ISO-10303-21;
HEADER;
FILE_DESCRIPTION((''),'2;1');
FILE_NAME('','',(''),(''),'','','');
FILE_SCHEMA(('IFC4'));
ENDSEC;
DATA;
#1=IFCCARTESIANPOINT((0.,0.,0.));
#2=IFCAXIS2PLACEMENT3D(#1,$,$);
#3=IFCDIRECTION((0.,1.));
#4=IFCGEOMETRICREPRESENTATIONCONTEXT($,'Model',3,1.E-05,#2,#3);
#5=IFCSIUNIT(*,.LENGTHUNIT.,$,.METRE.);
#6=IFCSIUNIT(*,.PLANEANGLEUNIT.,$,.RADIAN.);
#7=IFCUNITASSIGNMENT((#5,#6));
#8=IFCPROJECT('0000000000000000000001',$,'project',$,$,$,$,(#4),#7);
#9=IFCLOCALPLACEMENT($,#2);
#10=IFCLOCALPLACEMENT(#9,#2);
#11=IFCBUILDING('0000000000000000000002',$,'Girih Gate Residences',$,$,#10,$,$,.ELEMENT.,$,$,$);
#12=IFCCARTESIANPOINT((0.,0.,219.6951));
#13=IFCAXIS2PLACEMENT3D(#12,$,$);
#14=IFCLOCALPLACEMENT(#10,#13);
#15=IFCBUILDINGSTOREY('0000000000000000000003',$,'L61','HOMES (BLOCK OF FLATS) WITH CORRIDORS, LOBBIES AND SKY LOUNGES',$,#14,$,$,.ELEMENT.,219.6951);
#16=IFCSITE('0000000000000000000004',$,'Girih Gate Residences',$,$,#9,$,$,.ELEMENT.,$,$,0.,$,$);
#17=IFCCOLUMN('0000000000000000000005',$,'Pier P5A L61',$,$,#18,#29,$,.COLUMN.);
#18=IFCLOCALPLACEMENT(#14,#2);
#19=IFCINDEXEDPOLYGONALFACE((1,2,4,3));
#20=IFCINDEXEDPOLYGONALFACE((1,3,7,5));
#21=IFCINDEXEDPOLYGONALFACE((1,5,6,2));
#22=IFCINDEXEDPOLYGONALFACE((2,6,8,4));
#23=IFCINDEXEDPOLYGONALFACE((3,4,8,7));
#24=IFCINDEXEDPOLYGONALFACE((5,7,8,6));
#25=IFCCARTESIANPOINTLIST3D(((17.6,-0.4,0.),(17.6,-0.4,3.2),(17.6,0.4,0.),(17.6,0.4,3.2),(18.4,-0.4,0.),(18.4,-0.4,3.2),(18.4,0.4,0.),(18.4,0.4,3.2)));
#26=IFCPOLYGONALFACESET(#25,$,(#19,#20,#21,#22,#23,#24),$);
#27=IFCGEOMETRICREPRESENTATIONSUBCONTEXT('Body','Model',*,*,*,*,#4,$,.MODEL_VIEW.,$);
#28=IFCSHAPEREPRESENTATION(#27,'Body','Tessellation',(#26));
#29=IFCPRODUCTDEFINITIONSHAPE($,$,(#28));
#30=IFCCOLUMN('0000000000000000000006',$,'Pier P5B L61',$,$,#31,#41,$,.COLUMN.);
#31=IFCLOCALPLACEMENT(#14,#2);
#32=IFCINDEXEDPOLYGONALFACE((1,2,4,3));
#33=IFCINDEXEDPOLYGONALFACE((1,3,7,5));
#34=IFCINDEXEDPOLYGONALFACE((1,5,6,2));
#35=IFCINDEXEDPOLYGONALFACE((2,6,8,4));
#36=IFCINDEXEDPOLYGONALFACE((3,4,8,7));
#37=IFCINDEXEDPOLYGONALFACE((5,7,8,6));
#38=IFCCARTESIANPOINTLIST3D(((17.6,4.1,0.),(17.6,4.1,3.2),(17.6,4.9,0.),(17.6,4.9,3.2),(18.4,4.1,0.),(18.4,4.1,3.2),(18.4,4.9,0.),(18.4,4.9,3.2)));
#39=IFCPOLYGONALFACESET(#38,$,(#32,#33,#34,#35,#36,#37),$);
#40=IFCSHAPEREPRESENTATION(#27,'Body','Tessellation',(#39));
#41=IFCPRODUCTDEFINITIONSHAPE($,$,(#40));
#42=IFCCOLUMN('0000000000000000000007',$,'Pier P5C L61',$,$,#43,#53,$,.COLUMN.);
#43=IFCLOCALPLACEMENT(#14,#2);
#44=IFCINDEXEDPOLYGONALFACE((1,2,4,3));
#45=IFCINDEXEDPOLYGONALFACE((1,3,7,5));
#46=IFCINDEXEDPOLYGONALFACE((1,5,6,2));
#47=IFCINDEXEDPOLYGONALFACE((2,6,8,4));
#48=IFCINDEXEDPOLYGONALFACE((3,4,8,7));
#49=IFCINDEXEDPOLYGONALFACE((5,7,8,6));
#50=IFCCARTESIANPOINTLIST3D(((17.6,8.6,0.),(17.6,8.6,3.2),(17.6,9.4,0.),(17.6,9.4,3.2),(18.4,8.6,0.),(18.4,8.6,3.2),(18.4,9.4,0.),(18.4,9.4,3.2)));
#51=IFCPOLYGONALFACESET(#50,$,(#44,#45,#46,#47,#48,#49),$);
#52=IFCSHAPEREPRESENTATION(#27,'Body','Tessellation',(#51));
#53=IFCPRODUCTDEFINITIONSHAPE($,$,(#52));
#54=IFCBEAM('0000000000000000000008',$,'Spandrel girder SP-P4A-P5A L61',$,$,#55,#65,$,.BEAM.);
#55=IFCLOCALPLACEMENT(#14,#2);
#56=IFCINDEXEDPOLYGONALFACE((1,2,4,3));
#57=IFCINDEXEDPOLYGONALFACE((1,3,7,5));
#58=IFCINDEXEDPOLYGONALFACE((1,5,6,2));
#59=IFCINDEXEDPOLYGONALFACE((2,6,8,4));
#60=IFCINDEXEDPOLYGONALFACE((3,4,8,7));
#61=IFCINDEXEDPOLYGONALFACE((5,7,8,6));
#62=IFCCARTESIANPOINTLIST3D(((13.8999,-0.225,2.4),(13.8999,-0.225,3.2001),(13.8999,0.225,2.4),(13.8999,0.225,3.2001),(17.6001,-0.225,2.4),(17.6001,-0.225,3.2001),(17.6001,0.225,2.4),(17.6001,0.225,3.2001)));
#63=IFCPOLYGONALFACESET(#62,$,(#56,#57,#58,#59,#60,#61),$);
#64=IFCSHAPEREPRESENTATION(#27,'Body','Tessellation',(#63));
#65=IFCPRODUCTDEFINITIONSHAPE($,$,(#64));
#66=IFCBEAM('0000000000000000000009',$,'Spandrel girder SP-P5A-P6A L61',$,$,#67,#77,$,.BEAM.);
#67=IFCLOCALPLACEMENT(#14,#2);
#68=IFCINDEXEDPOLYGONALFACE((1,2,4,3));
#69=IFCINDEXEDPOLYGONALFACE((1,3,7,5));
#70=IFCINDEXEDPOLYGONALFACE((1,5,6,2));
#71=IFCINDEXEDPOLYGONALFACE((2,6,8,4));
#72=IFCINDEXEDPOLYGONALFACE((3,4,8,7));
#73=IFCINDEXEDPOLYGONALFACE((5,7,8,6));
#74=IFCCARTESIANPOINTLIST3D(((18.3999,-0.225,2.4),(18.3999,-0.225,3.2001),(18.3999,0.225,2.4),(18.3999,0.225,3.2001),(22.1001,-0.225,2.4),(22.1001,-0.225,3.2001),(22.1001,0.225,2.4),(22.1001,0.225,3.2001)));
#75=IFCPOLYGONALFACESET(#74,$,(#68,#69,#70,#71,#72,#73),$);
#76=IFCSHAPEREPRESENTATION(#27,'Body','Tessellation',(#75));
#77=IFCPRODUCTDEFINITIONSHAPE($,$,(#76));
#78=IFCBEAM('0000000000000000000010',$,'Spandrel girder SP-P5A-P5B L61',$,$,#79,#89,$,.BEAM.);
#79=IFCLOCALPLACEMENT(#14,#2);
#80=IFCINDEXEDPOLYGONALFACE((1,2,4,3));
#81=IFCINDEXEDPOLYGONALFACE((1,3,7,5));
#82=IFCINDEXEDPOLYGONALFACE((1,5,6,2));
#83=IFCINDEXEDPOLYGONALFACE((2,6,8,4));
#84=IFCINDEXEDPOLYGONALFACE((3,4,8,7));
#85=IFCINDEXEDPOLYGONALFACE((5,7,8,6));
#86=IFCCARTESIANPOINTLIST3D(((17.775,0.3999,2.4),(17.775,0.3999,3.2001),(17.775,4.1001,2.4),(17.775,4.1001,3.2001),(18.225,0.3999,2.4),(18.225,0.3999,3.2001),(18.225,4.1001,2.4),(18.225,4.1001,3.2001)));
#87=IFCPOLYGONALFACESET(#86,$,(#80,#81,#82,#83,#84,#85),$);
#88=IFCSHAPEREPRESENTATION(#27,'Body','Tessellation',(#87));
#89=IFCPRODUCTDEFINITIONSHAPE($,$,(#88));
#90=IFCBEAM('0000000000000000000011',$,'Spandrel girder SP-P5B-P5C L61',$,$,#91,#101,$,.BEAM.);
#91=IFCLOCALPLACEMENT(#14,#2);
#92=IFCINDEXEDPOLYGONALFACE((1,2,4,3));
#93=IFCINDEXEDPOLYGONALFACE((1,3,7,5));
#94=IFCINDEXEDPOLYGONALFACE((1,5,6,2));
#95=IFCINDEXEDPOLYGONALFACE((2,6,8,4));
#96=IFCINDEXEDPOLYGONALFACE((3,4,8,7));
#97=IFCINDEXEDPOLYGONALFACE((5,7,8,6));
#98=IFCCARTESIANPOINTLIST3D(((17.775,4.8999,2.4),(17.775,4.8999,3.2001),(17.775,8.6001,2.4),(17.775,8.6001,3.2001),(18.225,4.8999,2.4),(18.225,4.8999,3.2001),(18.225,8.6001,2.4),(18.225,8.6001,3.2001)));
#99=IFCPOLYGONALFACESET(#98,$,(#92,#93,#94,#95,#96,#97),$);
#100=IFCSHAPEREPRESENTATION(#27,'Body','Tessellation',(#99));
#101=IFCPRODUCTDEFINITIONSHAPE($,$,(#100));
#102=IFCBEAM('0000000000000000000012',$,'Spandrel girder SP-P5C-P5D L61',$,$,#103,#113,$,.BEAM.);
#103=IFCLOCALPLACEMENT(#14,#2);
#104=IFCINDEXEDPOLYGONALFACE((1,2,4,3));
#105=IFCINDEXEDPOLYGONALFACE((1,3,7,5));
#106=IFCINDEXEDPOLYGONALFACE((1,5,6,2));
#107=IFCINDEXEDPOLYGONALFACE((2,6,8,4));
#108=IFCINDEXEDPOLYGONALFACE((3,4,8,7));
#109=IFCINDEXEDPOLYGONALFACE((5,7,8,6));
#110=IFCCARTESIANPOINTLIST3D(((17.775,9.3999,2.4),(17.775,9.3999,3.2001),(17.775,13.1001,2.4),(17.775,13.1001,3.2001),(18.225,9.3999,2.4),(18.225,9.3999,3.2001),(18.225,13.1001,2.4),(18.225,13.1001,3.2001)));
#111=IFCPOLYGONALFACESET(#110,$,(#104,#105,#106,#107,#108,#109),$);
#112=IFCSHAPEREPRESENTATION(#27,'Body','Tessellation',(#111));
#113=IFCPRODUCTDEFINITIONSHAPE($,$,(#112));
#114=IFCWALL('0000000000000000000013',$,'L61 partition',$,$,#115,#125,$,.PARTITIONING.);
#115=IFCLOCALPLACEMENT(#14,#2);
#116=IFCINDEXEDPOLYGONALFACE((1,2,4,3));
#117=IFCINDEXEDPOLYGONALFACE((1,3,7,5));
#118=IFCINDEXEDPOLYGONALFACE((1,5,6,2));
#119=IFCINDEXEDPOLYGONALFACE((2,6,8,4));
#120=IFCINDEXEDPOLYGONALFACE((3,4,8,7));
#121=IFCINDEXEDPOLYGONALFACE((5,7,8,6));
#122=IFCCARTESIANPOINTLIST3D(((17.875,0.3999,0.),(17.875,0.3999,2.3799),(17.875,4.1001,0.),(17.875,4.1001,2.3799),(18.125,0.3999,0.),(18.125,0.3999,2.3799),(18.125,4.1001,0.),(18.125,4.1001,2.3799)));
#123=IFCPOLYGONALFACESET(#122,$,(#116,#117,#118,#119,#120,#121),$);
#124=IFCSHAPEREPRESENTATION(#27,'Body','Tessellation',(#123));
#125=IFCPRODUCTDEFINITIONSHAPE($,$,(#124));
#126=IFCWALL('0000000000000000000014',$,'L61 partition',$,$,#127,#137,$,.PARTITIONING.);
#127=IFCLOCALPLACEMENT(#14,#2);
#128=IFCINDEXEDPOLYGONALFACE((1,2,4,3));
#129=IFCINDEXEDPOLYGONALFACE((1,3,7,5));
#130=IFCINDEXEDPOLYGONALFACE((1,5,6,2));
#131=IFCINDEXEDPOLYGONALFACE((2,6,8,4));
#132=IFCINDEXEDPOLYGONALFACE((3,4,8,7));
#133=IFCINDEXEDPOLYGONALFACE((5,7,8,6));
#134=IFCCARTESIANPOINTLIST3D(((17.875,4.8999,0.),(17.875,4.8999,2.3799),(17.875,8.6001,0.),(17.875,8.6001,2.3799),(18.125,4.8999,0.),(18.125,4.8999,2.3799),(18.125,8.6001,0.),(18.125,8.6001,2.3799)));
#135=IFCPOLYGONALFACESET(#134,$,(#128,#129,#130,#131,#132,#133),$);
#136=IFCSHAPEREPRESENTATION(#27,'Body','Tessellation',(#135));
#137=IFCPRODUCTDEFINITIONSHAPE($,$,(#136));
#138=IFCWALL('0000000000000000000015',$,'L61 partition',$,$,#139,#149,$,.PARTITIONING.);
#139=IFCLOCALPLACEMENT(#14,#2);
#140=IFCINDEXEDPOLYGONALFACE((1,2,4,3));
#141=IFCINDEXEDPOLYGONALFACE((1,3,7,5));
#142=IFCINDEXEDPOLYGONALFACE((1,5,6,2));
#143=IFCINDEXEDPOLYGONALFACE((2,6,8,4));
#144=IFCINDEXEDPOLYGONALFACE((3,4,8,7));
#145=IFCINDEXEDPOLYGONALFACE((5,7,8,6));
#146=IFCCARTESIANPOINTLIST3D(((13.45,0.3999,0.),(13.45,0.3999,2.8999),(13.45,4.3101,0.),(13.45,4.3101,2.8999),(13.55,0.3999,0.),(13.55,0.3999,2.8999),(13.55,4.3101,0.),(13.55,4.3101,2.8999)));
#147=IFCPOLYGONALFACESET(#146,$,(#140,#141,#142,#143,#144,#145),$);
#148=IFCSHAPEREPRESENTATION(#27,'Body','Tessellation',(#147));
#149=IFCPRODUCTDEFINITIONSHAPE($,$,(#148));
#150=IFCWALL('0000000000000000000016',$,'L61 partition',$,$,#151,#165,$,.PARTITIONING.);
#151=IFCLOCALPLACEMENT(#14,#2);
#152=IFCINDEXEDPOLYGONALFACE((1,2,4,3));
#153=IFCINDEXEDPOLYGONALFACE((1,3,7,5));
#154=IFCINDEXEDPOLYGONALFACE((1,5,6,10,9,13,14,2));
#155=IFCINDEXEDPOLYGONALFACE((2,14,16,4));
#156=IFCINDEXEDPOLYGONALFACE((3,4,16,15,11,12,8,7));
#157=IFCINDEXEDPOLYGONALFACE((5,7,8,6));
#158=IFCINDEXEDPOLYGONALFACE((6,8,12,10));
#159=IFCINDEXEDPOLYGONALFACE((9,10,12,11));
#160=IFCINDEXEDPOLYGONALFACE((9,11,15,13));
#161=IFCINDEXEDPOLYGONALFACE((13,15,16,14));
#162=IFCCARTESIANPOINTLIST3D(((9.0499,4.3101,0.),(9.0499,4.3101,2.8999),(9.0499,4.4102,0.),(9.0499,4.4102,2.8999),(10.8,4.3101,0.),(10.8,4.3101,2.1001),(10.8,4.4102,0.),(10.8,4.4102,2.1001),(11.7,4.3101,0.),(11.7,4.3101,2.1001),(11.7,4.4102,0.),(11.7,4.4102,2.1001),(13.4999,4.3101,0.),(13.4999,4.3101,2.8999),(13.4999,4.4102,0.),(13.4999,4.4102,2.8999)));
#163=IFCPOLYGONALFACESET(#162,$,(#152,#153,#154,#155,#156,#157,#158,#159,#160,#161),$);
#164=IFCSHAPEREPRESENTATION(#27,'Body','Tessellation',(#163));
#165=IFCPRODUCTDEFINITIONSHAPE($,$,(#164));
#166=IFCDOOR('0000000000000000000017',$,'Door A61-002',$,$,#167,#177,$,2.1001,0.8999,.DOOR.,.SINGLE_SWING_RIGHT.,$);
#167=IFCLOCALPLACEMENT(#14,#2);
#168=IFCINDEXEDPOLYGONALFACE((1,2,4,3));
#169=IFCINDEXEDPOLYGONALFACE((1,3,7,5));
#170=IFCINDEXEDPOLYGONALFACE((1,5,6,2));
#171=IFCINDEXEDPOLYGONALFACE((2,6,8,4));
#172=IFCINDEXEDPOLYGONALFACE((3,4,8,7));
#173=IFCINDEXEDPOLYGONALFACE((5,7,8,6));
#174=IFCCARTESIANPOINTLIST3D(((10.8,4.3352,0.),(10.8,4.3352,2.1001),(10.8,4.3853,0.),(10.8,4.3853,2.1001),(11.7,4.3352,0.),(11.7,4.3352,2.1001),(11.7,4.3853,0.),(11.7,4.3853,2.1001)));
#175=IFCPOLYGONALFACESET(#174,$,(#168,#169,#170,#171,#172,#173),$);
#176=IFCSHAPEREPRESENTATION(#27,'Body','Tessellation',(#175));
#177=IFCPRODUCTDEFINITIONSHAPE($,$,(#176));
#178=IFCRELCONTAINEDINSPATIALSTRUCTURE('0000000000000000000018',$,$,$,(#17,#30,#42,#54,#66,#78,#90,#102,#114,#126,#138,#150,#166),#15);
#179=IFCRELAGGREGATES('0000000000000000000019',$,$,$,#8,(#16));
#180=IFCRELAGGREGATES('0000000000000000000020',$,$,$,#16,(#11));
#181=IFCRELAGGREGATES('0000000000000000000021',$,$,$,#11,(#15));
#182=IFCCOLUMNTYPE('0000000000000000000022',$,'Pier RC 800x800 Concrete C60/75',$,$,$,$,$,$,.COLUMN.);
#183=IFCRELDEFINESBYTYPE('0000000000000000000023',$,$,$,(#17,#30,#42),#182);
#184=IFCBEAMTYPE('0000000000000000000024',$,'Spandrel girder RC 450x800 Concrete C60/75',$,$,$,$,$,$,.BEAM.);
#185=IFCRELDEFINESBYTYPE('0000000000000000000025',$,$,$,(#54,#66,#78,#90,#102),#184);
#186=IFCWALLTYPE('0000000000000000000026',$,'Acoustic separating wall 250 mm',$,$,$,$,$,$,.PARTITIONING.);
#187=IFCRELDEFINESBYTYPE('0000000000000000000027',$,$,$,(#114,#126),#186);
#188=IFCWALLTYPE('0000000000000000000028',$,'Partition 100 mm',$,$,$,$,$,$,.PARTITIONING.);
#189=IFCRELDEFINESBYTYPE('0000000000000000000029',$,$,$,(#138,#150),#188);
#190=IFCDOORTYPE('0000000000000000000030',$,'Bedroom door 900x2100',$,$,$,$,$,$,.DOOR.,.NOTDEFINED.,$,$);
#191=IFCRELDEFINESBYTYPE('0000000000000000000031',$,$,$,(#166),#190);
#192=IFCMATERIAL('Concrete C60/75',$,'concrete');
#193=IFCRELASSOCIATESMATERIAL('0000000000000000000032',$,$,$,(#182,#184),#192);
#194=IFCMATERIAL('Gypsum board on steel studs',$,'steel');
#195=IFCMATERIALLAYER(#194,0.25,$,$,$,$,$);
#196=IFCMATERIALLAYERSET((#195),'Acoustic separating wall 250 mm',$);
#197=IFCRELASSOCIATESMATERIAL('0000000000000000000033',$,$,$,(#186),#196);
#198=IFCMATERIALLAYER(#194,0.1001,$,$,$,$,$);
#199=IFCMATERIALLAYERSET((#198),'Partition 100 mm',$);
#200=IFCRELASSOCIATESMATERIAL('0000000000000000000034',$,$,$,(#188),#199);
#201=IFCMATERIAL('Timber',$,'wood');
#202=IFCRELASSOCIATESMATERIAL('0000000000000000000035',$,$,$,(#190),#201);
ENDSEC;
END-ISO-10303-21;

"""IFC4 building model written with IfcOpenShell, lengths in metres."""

from ifc_helpers import new_model, si_unit, direction, frame, frame_2d, origin, origin_2d, place, context, subcontext, project, spatial, rectangle, extrude, material, layer, layer_set, material_profile, profile_set, type_object, element, fill, save


model = new_model("IFC4")

# Units and contexts
model_context = context("Model", 3, precision=1e-05, world=origin(), true_north=direction((0.0, 1.0)))
body_context = subcontext(model_context, "Body", "Model", "MODEL_VIEW")
ifc_project = project(units=[si_unit("LENGTHUNIT", "METRE"), si_unit("PLANEANGLEUNIT", "RADIAN")], contexts=[model_context])

# Site, building, storey
site_placement = place(None, origin())
site = spatial("IfcSite", under=ifc_project, at=site_placement, Name="Girih Gate Residences", CompositionType="ELEMENT", RefElevation=0.0)
building_placement = place(site_placement, origin())
building = spatial("IfcBuilding", under=site, at=building_placement, Name="Girih Gate Residences", CompositionType="ELEMENT")
storey_placement = place(building_placement, frame((0.0, 0.0, 219.6951)))
storey = spatial("IfcBuildingStorey", under=building, at=storey_placement, Name="L61", Description="HOMES (BLOCK OF FLATS) WITH CORRIDORS, LOBBIES AND SKY LOUNGES", CompositionType="ELEMENT", Elevation=219.6951)

# Columns
ifc_material_1 = material(Name="Concrete C60/75", Category="concrete")
ifc_material_profile_1 = material_profile(ifc_material_1, rectangle(XDim=0.8, YDim=0.8, at=origin_2d()))
ifc_profile_set_1 = profile_set([ifc_material_profile_1], Name="Concrete C60/75")
column_type = type_object("IfcColumnType", Name="Pier RC 800x800 Concrete C60/75", PredefinedType="COLUMN", material=ifc_profile_set_1)
for number, where, z_axis, x_axis, name in (
    (1, (18.0, 0.0, 0.0), (0.0, 0.0, 1.0), (1.0, 0.0, 0.0), "Pier P5A L61"),
    (2, (18.0, 4.5, 0.0), (0.0, 0.0, 1.0), (1.0, 0.0, 0.0), "Pier P5B L61"),
    (3, (18.0, 9.0, 0.0), (0.0, 0.0, 1.0), (1.0, 0.0, 0.0), "Pier P5C L61"),
):
    element("IfcColumn", number, at=place(storey_placement, frame(where, z_axis=z_axis, x_axis=x_axis)), inside=storey, type_object=column_type, Name=name, PredefinedType="COLUMN", context=body_context, shape_type="SweptSolid", body=[
        extrude(rectangle(XDim=0.8, YDim=0.8, at=origin_2d()), origin(), (0.0, 0.0, 1.0), 3.2),
    ])

# Beams
ifc_material_profile_2 = material_profile(ifc_material_1, rectangle(XDim=0.45, YDim=0.8, at=origin_2d()))
ifc_profile_set_2 = profile_set([ifc_material_profile_2], Name="Concrete C60/75")
beam_type = type_object("IfcBeamType", Name="Spandrel girder RC 450x800 Concrete C60/75", PredefinedType="BEAM", material=ifc_profile_set_2)
for number, where, z_axis, x_axis, name in (
    (4, (13.8999, 0.0, 2.8), (1.0, 0.0, 0.0), (0.0, 1.0, 0.0), "Spandrel girder SP-P4A-P5A L61"),
    (5, (18.3999, 0.0, 2.8), (1.0, 0.0, 0.0), (0.0, 1.0, 0.0), "Spandrel girder SP-P5A-P6A L61"),
    (6, (18.0, 0.3999, 2.8), (0.0, 1.0, 0.0), (-1.0, 0.0, 0.0), "Spandrel girder SP-P5A-P5B L61"),
    (7, (18.0, 4.8999, 2.8), (0.0, 1.0, 0.0), (-1.0, 0.0, 0.0), "Spandrel girder SP-P5B-P5C L61"),
    (8, (18.0, 9.3999, 2.8), (0.0, 1.0, 0.0), (-1.0, 0.0, 0.0), "Spandrel girder SP-P5C-P5D L61"),
):
    element("IfcBeam", number, at=place(storey_placement, frame(where, z_axis=z_axis, x_axis=x_axis)), inside=storey, type_object=beam_type, Name=name, PredefinedType="BEAM", context=body_context, shape_type="SweptSolid", body=[
        extrude(rectangle(XDim=0.45, YDim=0.8, at=origin_2d()), origin(), (0.0, 0.0, 1.0), 3.7002),
    ])

# Walls
ifc_material_2 = material(Name="Gypsum board on steel studs", Category="steel")
ifc_layer_1 = layer(ifc_material_2, 0.25)
ifc_layer_set_1 = layer_set([ifc_layer_1], Name="Acoustic separating wall 250 mm")
wall_type_1 = type_object("IfcWallType", Name="Acoustic separating wall 250 mm", PredefinedType="PARTITIONING", material=ifc_layer_set_1)
for number, where, z_axis, x_axis, name in (
    (9, (18.0, 0.3999, 0.0), (0.0, 0.0, 1.0), (0.0, 1.0, 0.0), "L61 partition"),
    (10, (18.0, 4.8999, 0.0), (0.0, 0.0, 1.0), (0.0, 1.0, 0.0), "L61 partition"),
):
    element("IfcWall", number, at=place(storey_placement, frame(where, z_axis=z_axis, x_axis=x_axis)), inside=storey, type_object=wall_type_1, Name=name, PredefinedType="PARTITIONING", context=body_context, shape_type="SweptSolid", body=[
        extrude(rectangle(XDim=3.7002, YDim=0.25, at=frame_2d((1.8501, 0.0))), origin(), (0.0, 0.0, 1.0), 2.3799),
    ])

# Wall
ifc_layer_2 = layer(ifc_material_2, 0.1001)
ifc_layer_set_2 = layer_set([ifc_layer_2], Name="Partition 100 mm")
wall_type_2 = type_object("IfcWallType", Name="Partition 100 mm", PredefinedType="PARTITIONING", material=ifc_layer_set_2)
wall_1_placement = place(storey_placement, frame((13.5, 0.3999, 0.0), z_axis=(0.0, 0.0, 1.0), x_axis=(0.0, 1.0, 0.0)))
element("IfcWall", 11, at=wall_1_placement, inside=storey, type_object=wall_type_2, Name="L61 partition", PredefinedType="PARTITIONING", context=body_context, shape_type="SweptSolid", body=[
    extrude(rectangle(XDim=3.9102, YDim=0.1001, at=frame_2d((1.9551, 0.0))), origin(), (0.0, 0.0, 1.0), 2.8999),
])

# Wall, opening, door
wall_2_placement = place(storey_placement, frame((13.5, 4.3601, 0.0), z_axis=(0.0, 0.0, 1.0), x_axis=(-1.0, 0.0, 0.0)))
wall_2 = element("IfcWall", 12, at=wall_2_placement, inside=storey, type_object=wall_type_2, Name="L61 partition", PredefinedType="PARTITIONING", context=body_context, shape_type="SweptSolid", body=[
    extrude(rectangle(XDim=4.45, YDim=0.1001, at=frame_2d((2.2251, 0.0))), origin(), (0.0, 0.0, 1.0), 2.8999),
])
opening_1_placement = place(wall_2_placement, frame((1.8, 0.0, 0.0)))
opening_1 = element("IfcOpeningElement", 13, at=opening_1_placement, cuts=wall_2, PredefinedType="OPENING", context=body_context, shape_type="SweptSolid", body=[
    extrude(rectangle(XDim=0.8999, YDim=2.1001, at=frame_2d((0.45, 1.05))), frame((0.0, 0.0601, 0.0), z_axis=(0.0, -1.0, 0.0), x_axis=(1.0, 0.0, 0.0)), (0.0, 0.0, 1.0), 0.1201),
])
ifc_material_3 = material(Name="Timber", Category="wood")
door_type_1 = type_object("IfcDoorType", Name="Bedroom door 900x2100", OperationType="NOTDEFINED", PredefinedType="DOOR", material=ifc_material_3)
door_1_placement = place(opening_1_placement, origin())
door_1 = element("IfcDoor", 14, at=door_1_placement, inside=storey, type_object=door_type_1, Name="Door A61-002", OperationType="SINGLE_SWING_RIGHT", OverallHeight=2.1001, OverallWidth=0.8999, PredefinedType="DOOR", context=body_context, shape_type="SweptSolid", body=[
    extrude(rectangle(XDim=0.8999, YDim=2.1001, at=frame_2d((0.45, 1.05))), frame((0.0, 0.0249, 0.0), z_axis=(0.0, -1.0, 0.0), x_axis=(1.0, 0.0, 0.0)), (0.0, 0.0, 1.0), 0.05),
])
fill(opening_1, door_1)

save(model, "model.ifc")
